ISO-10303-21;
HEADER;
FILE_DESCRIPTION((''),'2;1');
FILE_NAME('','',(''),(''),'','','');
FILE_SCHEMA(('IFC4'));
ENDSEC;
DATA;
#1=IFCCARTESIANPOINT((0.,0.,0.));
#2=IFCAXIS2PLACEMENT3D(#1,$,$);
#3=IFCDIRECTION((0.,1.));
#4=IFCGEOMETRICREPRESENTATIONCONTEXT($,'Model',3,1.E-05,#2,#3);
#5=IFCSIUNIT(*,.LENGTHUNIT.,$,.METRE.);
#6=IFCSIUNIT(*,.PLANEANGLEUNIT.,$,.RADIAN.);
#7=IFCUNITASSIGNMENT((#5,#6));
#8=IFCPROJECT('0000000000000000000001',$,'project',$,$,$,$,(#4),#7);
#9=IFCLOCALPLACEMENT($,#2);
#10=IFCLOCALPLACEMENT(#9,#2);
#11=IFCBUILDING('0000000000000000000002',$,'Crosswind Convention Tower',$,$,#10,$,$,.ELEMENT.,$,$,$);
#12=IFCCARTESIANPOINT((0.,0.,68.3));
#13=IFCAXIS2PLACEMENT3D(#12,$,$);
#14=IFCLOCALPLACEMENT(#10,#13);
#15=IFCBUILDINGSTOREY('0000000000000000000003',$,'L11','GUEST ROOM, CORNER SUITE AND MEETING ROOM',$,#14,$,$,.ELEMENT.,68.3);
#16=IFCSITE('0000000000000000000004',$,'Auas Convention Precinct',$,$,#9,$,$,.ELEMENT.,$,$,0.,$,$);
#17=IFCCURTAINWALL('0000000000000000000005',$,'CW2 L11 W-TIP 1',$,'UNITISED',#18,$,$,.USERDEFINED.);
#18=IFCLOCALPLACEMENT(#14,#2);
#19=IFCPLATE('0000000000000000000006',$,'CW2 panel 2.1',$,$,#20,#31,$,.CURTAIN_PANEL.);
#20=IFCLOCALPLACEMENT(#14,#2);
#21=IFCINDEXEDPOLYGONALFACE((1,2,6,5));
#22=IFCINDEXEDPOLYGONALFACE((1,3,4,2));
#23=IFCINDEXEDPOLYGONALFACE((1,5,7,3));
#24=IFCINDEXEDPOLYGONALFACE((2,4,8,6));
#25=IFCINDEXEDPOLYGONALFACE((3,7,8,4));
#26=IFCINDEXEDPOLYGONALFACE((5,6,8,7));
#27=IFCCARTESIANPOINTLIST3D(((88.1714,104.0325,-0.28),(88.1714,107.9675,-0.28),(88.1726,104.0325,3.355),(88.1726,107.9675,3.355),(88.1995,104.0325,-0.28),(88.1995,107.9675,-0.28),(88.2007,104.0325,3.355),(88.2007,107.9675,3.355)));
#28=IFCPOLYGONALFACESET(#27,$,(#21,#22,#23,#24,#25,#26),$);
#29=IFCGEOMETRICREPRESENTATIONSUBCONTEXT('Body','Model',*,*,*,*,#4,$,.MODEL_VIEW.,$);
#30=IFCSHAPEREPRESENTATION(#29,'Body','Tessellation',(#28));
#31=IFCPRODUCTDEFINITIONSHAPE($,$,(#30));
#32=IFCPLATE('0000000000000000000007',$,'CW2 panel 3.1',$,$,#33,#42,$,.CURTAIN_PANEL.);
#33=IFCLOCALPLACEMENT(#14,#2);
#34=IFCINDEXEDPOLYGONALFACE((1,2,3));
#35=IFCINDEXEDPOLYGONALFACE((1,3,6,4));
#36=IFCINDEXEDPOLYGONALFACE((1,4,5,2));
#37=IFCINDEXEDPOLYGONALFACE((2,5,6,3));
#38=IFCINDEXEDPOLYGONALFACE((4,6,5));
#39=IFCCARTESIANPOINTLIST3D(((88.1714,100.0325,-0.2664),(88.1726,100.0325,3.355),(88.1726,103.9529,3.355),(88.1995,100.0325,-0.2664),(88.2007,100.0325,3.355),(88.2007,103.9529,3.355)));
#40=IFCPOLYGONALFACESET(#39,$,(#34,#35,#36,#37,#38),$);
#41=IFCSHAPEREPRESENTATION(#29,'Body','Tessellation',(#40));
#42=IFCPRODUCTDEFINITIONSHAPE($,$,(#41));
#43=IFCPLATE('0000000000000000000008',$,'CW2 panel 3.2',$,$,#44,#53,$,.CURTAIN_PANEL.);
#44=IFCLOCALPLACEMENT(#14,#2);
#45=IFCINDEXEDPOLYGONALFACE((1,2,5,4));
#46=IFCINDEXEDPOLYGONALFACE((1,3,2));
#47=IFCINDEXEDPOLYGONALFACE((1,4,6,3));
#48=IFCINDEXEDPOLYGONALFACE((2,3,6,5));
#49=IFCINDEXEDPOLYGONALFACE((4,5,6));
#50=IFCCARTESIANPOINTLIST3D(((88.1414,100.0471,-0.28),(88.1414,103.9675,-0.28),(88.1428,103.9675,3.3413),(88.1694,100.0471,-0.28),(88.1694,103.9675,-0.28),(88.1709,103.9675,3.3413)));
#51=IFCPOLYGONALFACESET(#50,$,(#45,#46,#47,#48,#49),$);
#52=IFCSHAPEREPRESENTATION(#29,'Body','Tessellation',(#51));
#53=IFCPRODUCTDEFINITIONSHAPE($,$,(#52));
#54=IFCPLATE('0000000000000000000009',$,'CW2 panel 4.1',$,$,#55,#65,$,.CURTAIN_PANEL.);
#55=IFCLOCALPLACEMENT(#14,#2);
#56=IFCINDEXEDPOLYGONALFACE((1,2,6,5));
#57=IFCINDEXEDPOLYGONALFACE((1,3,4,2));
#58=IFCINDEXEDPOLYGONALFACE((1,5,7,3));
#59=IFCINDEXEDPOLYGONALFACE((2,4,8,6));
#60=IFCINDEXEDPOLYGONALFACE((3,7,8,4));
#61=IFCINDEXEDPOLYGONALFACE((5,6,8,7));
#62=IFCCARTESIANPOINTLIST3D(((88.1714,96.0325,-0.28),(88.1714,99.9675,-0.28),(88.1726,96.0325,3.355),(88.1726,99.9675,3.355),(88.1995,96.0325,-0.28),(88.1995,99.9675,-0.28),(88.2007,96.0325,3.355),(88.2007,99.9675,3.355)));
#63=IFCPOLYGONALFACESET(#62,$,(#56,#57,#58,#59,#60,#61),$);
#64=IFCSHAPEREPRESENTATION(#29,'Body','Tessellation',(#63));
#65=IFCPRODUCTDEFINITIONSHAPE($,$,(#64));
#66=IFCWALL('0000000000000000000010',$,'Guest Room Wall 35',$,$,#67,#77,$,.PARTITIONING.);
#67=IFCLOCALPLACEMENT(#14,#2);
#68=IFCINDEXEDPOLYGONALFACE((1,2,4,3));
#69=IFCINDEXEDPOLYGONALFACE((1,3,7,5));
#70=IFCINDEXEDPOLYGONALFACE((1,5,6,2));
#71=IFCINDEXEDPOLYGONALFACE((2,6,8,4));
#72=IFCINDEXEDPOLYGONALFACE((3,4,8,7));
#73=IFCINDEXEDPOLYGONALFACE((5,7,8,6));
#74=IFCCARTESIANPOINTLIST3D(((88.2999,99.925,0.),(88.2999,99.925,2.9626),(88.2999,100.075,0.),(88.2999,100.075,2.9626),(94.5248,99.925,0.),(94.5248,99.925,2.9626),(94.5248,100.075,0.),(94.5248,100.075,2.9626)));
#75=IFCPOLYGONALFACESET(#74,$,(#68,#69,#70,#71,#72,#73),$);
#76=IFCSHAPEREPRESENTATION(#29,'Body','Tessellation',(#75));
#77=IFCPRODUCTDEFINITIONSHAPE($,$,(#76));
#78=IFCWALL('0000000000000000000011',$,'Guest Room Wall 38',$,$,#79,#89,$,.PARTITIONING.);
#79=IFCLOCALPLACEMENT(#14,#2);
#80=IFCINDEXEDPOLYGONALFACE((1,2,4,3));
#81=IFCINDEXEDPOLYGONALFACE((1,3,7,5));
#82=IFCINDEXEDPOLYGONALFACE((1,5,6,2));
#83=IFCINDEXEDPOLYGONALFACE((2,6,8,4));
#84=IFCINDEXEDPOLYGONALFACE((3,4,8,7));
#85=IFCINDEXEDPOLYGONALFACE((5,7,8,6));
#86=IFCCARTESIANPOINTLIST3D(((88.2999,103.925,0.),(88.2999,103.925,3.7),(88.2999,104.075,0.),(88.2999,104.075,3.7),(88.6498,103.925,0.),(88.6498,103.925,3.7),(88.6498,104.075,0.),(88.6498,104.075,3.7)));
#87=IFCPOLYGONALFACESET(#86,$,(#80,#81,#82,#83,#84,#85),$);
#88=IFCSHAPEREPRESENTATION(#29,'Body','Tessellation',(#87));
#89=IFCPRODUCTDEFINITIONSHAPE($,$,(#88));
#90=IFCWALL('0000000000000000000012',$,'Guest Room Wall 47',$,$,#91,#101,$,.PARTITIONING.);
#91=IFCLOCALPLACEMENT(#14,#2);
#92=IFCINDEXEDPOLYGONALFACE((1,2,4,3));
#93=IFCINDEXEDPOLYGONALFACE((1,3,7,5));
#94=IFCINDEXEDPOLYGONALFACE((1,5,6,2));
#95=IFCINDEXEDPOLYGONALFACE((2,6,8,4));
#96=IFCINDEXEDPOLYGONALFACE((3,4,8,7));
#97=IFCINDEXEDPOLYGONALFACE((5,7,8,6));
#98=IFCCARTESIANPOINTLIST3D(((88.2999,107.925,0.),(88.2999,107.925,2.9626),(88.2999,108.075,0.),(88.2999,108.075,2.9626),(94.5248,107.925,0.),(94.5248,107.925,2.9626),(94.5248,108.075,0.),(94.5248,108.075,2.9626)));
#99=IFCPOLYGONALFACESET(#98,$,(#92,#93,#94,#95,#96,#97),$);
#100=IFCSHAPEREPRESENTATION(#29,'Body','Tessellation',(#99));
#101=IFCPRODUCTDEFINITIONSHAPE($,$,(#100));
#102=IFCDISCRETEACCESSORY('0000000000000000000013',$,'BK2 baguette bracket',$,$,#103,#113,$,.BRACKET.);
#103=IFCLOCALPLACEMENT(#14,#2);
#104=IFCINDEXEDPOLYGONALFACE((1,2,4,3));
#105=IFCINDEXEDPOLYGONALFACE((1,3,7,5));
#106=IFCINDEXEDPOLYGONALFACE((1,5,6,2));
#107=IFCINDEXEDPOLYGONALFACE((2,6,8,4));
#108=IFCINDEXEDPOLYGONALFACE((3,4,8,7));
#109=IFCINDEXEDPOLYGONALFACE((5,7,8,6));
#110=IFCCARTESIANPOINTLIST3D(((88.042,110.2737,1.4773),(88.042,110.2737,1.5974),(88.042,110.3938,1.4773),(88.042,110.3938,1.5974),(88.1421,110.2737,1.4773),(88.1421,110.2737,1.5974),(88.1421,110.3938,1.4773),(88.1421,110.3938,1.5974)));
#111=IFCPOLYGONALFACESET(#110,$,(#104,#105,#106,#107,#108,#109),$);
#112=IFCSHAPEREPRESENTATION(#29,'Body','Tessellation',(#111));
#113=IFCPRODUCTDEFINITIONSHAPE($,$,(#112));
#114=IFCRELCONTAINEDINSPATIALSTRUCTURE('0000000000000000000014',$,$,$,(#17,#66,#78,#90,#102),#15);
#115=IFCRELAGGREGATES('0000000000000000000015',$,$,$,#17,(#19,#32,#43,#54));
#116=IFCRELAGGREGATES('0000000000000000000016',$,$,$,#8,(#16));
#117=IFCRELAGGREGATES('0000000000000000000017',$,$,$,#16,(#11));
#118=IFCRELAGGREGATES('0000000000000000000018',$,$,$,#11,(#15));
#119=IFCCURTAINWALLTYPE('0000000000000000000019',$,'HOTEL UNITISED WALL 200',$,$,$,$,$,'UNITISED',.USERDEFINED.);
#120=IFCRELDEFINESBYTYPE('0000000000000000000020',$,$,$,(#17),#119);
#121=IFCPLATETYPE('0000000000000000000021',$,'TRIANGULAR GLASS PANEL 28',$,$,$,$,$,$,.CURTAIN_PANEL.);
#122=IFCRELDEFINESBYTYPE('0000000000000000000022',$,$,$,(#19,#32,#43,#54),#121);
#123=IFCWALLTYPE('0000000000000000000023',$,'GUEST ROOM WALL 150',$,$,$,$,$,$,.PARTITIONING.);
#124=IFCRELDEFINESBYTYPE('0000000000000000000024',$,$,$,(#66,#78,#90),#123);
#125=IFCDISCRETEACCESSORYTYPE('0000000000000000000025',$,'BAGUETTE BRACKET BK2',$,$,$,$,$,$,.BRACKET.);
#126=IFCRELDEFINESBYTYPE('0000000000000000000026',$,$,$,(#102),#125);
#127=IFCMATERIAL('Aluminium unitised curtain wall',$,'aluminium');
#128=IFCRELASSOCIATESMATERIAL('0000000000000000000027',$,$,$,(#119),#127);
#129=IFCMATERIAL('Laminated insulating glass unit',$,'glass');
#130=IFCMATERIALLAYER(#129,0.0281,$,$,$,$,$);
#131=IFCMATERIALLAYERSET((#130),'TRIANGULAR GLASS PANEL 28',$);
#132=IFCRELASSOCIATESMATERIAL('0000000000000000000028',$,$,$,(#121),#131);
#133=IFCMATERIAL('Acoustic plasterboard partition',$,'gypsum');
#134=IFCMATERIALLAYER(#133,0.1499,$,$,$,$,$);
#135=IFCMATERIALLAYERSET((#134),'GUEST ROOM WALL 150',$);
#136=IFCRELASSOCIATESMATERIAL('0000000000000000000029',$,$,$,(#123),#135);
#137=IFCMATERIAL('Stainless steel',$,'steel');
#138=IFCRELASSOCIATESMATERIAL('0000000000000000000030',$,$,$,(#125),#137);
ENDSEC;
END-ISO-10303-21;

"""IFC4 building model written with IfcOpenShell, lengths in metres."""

from ifc_helpers import new_model, si_unit, direction, frame, frame_2d, origin, origin_2d, place, context, subcontext, project, spatial, polyline, rectangle, outline, extrude, material, layer, layer_set, type_object, element, aggregate, save


model = new_model("IFC4")

# Units and contexts
model_context = context("Model", 3, precision=1e-05, world=origin(), true_north=direction((0.0, 1.0)))
body_context = subcontext(model_context, "Body", "Model", "MODEL_VIEW")
ifc_project = project(units=[si_unit("LENGTHUNIT", "METRE"), si_unit("PLANEANGLEUNIT", "RADIAN")], contexts=[model_context])

# Site, building, storey
site_placement = place(None, origin())
site = spatial("IfcSite", under=ifc_project, at=site_placement, Name="Auas Convention Precinct", CompositionType="ELEMENT", RefElevation=0.0)
building_placement = place(site_placement, origin())
building = spatial("IfcBuilding", under=site, at=building_placement, Name="Crosswind Convention Tower", CompositionType="ELEMENT")
storey_placement = place(building_placement, frame((0.0, 0.0, 68.3)))
storey = spatial("IfcBuildingStorey", under=building, at=storey_placement, Name="L11", Description="GUEST ROOM, CORNER SUITE AND MEETING ROOM", CompositionType="ELEMENT", Elevation=68.3)

# Curtain wall
ifc_material_1 = material(Name="Aluminium unitised curtain wall", Category="aluminium")
curtain_wall_type = type_object("IfcCurtainWallType", Name="HOTEL UNITISED WALL 200", ElementType="UNITISED", PredefinedType="USERDEFINED", material=ifc_material_1)
curtain_wall_placement = place(storey_placement, origin())
curtain_wall = element("IfcCurtainWall", 1, at=curtain_wall_placement, inside=storey, type_object=curtain_wall_type, Name="CW2 L11 W-TIP 1", ObjectType="UNITISED", PredefinedType="USERDEFINED")

# Plates
ifc_material_2 = material(Name="Laminated insulating glass unit", Category="glass")
ifc_layer_1 = layer(ifc_material_2, 0.0281)
ifc_layer_set_1 = layer_set([ifc_layer_1], Name="TRIANGULAR GLASS PANEL 28")
plate_type = type_object("IfcPlateType", Name="TRIANGULAR GLASS PANEL 28", PredefinedType="CURTAIN_PANEL", material=ifc_layer_set_1)
plate_1_placement = place(storey_placement, frame((88.1714, 107.9675, -0.28), z_axis=(-1.0, 0.0, 0.000336), x_axis=(0.0, -1.0, 0.0)))
plate_1 = element("IfcPlate", 2, at=plate_1_placement, type_object=plate_type, Name="CW2 panel 2.1", PredefinedType="CURTAIN_PANEL", context=body_context, shape_type="SweptSolid", body=[
    extrude(outline(polyline([(0.0, 0.0), (3.9351, 0.0), (3.9351, 3.635), (0.0, 3.635), (0.0, 0.0)])), origin(), (0.0, 0.0, -1.0), 0.0281),
])
plate_2_placement = place(storey_placement, frame((88.1726, 100.0325, 3.355), z_axis=(-1.0, 0.0, 0.000337), x_axis=(0.0, 1.0, 0.0)))
plate_2 = element("IfcPlate", 3, at=plate_2_placement, type_object=plate_type, Name="CW2 panel 3.1", PredefinedType="CURTAIN_PANEL", context=body_context, shape_type="SweptSolid", body=[
    extrude(outline(polyline([(0.0, 0.0), (3.9204, 0.0), (0.0, 3.6213), (0.0, 0.0)])), origin(), (0.0, 0.0, -1.0), 0.0281),
])
plate_3_placement = place(storey_placement, frame((88.1414, 103.9675, -0.28), z_axis=(-1.0, 0.0, 0.000405), x_axis=(0.0, -1.0, 0.0)))
plate_3 = element("IfcPlate", 4, at=plate_3_placement, type_object=plate_type, Name="CW2 panel 3.2", PredefinedType="CURTAIN_PANEL", context=body_context, shape_type="SweptSolid", body=[
    extrude(outline(polyline([(0.0, 0.0), (3.9204, 0.0), (0.0, 3.6213), (0.0, 0.0)])), origin(), (0.0, 0.0, -1.0), 0.0281),
])
plate_4_placement = place(storey_placement, frame((88.1714, 99.9675, -0.28), z_axis=(-1.0, 0.0, 0.000336), x_axis=(0.0, -1.0, 0.0)))
plate_4 = element("IfcPlate", 5, at=plate_4_placement, type_object=plate_type, Name="CW2 panel 4.1", PredefinedType="CURTAIN_PANEL", context=body_context, shape_type="SweptSolid", body=[
    extrude(outline(polyline([(0.0, 0.0), (3.9351, 0.0), (3.9351, 3.635), (0.0, 3.635), (0.0, 0.0)])), origin(), (0.0, 0.0, -1.0), 0.0281),
])
aggregate(curtain_wall, [plate_1, plate_2, plate_3, plate_4])

# Walls
ifc_material_3 = material(Name="Acoustic plasterboard partition", Category="gypsum")
ifc_layer_2 = layer(ifc_material_3, 0.1499)
ifc_layer_set_2 = layer_set([ifc_layer_2], Name="GUEST ROOM WALL 150")
wall_type = type_object("IfcWallType", Name="GUEST ROOM WALL 150", PredefinedType="PARTITIONING", material=ifc_layer_set_2)
wall_1_placement = place(storey_placement, frame((88.3, 100.0, 0.0), z_axis=(0.0, 0.0, 1.0), x_axis=(1.0, 0.0, 0.0)))
element("IfcWall", 6, at=wall_1_placement, inside=storey, type_object=wall_type, Name="Guest Room Wall 35", PredefinedType="PARTITIONING", context=body_context, shape_type="SweptSolid", body=[
    extrude(rectangle(XDim=6.2249, YDim=0.1499, at=frame_2d((3.1123, 0.0))), origin(), (0.0, 0.0, 1.0), 2.9626),
])
wall_2_placement = place(storey_placement, frame((88.3, 104.0, 0.0), z_axis=(0.0, 0.0, 1.0), x_axis=(1.0, 0.0, 0.0)))
element("IfcWall", 7, at=wall_2_placement, inside=storey, type_object=wall_type, Name="Guest Room Wall 38", PredefinedType="PARTITIONING", context=body_context, shape_type="SweptSolid", body=[
    extrude(rectangle(XDim=0.3499, YDim=0.1499, at=frame_2d((0.1748, 0.0))), origin(), (0.0, 0.0, 1.0), 3.7),
])
wall_3_placement = place(storey_placement, frame((88.3, 108.0, 0.0), z_axis=(0.0, 0.0, 1.0), x_axis=(1.0, 0.0, 0.0)))
element("IfcWall", 8, at=wall_3_placement, inside=storey, type_object=wall_type, Name="Guest Room Wall 47", PredefinedType="PARTITIONING", context=body_context, shape_type="SweptSolid", body=[
    extrude(rectangle(XDim=6.2249, YDim=0.1499, at=frame_2d((3.1123, 0.0))), origin(), (0.0, 0.0, 1.0), 2.9626),
])

# Discrete accessory
ifc_material_4 = material(Name="Stainless steel", Category="steel")
discrete_accessory_type = type_object("IfcDiscreteAccessoryType", Name="BAGUETTE BRACKET BK2", PredefinedType="BRACKET", material=ifc_material_4)
discrete_accessory_placement = place(storey_placement, frame((88.092, 110.3337, 1.4773), z_axis=(0.0, 0.0, 1.0), x_axis=(0.0, -1.0, 0.0)))
element("IfcDiscreteAccessory", 9, at=discrete_accessory_placement, inside=storey, type_object=discrete_accessory_type, Name="BK2 baguette bracket", PredefinedType="BRACKET", context=body_context, shape_type="SweptSolid", body=[
    extrude(rectangle(XDim=0.1201, YDim=0.1001, at=origin_2d()), origin(), (0.0, 0.0, 1.0), 0.1201),
])

save(model, "model.ifc")
